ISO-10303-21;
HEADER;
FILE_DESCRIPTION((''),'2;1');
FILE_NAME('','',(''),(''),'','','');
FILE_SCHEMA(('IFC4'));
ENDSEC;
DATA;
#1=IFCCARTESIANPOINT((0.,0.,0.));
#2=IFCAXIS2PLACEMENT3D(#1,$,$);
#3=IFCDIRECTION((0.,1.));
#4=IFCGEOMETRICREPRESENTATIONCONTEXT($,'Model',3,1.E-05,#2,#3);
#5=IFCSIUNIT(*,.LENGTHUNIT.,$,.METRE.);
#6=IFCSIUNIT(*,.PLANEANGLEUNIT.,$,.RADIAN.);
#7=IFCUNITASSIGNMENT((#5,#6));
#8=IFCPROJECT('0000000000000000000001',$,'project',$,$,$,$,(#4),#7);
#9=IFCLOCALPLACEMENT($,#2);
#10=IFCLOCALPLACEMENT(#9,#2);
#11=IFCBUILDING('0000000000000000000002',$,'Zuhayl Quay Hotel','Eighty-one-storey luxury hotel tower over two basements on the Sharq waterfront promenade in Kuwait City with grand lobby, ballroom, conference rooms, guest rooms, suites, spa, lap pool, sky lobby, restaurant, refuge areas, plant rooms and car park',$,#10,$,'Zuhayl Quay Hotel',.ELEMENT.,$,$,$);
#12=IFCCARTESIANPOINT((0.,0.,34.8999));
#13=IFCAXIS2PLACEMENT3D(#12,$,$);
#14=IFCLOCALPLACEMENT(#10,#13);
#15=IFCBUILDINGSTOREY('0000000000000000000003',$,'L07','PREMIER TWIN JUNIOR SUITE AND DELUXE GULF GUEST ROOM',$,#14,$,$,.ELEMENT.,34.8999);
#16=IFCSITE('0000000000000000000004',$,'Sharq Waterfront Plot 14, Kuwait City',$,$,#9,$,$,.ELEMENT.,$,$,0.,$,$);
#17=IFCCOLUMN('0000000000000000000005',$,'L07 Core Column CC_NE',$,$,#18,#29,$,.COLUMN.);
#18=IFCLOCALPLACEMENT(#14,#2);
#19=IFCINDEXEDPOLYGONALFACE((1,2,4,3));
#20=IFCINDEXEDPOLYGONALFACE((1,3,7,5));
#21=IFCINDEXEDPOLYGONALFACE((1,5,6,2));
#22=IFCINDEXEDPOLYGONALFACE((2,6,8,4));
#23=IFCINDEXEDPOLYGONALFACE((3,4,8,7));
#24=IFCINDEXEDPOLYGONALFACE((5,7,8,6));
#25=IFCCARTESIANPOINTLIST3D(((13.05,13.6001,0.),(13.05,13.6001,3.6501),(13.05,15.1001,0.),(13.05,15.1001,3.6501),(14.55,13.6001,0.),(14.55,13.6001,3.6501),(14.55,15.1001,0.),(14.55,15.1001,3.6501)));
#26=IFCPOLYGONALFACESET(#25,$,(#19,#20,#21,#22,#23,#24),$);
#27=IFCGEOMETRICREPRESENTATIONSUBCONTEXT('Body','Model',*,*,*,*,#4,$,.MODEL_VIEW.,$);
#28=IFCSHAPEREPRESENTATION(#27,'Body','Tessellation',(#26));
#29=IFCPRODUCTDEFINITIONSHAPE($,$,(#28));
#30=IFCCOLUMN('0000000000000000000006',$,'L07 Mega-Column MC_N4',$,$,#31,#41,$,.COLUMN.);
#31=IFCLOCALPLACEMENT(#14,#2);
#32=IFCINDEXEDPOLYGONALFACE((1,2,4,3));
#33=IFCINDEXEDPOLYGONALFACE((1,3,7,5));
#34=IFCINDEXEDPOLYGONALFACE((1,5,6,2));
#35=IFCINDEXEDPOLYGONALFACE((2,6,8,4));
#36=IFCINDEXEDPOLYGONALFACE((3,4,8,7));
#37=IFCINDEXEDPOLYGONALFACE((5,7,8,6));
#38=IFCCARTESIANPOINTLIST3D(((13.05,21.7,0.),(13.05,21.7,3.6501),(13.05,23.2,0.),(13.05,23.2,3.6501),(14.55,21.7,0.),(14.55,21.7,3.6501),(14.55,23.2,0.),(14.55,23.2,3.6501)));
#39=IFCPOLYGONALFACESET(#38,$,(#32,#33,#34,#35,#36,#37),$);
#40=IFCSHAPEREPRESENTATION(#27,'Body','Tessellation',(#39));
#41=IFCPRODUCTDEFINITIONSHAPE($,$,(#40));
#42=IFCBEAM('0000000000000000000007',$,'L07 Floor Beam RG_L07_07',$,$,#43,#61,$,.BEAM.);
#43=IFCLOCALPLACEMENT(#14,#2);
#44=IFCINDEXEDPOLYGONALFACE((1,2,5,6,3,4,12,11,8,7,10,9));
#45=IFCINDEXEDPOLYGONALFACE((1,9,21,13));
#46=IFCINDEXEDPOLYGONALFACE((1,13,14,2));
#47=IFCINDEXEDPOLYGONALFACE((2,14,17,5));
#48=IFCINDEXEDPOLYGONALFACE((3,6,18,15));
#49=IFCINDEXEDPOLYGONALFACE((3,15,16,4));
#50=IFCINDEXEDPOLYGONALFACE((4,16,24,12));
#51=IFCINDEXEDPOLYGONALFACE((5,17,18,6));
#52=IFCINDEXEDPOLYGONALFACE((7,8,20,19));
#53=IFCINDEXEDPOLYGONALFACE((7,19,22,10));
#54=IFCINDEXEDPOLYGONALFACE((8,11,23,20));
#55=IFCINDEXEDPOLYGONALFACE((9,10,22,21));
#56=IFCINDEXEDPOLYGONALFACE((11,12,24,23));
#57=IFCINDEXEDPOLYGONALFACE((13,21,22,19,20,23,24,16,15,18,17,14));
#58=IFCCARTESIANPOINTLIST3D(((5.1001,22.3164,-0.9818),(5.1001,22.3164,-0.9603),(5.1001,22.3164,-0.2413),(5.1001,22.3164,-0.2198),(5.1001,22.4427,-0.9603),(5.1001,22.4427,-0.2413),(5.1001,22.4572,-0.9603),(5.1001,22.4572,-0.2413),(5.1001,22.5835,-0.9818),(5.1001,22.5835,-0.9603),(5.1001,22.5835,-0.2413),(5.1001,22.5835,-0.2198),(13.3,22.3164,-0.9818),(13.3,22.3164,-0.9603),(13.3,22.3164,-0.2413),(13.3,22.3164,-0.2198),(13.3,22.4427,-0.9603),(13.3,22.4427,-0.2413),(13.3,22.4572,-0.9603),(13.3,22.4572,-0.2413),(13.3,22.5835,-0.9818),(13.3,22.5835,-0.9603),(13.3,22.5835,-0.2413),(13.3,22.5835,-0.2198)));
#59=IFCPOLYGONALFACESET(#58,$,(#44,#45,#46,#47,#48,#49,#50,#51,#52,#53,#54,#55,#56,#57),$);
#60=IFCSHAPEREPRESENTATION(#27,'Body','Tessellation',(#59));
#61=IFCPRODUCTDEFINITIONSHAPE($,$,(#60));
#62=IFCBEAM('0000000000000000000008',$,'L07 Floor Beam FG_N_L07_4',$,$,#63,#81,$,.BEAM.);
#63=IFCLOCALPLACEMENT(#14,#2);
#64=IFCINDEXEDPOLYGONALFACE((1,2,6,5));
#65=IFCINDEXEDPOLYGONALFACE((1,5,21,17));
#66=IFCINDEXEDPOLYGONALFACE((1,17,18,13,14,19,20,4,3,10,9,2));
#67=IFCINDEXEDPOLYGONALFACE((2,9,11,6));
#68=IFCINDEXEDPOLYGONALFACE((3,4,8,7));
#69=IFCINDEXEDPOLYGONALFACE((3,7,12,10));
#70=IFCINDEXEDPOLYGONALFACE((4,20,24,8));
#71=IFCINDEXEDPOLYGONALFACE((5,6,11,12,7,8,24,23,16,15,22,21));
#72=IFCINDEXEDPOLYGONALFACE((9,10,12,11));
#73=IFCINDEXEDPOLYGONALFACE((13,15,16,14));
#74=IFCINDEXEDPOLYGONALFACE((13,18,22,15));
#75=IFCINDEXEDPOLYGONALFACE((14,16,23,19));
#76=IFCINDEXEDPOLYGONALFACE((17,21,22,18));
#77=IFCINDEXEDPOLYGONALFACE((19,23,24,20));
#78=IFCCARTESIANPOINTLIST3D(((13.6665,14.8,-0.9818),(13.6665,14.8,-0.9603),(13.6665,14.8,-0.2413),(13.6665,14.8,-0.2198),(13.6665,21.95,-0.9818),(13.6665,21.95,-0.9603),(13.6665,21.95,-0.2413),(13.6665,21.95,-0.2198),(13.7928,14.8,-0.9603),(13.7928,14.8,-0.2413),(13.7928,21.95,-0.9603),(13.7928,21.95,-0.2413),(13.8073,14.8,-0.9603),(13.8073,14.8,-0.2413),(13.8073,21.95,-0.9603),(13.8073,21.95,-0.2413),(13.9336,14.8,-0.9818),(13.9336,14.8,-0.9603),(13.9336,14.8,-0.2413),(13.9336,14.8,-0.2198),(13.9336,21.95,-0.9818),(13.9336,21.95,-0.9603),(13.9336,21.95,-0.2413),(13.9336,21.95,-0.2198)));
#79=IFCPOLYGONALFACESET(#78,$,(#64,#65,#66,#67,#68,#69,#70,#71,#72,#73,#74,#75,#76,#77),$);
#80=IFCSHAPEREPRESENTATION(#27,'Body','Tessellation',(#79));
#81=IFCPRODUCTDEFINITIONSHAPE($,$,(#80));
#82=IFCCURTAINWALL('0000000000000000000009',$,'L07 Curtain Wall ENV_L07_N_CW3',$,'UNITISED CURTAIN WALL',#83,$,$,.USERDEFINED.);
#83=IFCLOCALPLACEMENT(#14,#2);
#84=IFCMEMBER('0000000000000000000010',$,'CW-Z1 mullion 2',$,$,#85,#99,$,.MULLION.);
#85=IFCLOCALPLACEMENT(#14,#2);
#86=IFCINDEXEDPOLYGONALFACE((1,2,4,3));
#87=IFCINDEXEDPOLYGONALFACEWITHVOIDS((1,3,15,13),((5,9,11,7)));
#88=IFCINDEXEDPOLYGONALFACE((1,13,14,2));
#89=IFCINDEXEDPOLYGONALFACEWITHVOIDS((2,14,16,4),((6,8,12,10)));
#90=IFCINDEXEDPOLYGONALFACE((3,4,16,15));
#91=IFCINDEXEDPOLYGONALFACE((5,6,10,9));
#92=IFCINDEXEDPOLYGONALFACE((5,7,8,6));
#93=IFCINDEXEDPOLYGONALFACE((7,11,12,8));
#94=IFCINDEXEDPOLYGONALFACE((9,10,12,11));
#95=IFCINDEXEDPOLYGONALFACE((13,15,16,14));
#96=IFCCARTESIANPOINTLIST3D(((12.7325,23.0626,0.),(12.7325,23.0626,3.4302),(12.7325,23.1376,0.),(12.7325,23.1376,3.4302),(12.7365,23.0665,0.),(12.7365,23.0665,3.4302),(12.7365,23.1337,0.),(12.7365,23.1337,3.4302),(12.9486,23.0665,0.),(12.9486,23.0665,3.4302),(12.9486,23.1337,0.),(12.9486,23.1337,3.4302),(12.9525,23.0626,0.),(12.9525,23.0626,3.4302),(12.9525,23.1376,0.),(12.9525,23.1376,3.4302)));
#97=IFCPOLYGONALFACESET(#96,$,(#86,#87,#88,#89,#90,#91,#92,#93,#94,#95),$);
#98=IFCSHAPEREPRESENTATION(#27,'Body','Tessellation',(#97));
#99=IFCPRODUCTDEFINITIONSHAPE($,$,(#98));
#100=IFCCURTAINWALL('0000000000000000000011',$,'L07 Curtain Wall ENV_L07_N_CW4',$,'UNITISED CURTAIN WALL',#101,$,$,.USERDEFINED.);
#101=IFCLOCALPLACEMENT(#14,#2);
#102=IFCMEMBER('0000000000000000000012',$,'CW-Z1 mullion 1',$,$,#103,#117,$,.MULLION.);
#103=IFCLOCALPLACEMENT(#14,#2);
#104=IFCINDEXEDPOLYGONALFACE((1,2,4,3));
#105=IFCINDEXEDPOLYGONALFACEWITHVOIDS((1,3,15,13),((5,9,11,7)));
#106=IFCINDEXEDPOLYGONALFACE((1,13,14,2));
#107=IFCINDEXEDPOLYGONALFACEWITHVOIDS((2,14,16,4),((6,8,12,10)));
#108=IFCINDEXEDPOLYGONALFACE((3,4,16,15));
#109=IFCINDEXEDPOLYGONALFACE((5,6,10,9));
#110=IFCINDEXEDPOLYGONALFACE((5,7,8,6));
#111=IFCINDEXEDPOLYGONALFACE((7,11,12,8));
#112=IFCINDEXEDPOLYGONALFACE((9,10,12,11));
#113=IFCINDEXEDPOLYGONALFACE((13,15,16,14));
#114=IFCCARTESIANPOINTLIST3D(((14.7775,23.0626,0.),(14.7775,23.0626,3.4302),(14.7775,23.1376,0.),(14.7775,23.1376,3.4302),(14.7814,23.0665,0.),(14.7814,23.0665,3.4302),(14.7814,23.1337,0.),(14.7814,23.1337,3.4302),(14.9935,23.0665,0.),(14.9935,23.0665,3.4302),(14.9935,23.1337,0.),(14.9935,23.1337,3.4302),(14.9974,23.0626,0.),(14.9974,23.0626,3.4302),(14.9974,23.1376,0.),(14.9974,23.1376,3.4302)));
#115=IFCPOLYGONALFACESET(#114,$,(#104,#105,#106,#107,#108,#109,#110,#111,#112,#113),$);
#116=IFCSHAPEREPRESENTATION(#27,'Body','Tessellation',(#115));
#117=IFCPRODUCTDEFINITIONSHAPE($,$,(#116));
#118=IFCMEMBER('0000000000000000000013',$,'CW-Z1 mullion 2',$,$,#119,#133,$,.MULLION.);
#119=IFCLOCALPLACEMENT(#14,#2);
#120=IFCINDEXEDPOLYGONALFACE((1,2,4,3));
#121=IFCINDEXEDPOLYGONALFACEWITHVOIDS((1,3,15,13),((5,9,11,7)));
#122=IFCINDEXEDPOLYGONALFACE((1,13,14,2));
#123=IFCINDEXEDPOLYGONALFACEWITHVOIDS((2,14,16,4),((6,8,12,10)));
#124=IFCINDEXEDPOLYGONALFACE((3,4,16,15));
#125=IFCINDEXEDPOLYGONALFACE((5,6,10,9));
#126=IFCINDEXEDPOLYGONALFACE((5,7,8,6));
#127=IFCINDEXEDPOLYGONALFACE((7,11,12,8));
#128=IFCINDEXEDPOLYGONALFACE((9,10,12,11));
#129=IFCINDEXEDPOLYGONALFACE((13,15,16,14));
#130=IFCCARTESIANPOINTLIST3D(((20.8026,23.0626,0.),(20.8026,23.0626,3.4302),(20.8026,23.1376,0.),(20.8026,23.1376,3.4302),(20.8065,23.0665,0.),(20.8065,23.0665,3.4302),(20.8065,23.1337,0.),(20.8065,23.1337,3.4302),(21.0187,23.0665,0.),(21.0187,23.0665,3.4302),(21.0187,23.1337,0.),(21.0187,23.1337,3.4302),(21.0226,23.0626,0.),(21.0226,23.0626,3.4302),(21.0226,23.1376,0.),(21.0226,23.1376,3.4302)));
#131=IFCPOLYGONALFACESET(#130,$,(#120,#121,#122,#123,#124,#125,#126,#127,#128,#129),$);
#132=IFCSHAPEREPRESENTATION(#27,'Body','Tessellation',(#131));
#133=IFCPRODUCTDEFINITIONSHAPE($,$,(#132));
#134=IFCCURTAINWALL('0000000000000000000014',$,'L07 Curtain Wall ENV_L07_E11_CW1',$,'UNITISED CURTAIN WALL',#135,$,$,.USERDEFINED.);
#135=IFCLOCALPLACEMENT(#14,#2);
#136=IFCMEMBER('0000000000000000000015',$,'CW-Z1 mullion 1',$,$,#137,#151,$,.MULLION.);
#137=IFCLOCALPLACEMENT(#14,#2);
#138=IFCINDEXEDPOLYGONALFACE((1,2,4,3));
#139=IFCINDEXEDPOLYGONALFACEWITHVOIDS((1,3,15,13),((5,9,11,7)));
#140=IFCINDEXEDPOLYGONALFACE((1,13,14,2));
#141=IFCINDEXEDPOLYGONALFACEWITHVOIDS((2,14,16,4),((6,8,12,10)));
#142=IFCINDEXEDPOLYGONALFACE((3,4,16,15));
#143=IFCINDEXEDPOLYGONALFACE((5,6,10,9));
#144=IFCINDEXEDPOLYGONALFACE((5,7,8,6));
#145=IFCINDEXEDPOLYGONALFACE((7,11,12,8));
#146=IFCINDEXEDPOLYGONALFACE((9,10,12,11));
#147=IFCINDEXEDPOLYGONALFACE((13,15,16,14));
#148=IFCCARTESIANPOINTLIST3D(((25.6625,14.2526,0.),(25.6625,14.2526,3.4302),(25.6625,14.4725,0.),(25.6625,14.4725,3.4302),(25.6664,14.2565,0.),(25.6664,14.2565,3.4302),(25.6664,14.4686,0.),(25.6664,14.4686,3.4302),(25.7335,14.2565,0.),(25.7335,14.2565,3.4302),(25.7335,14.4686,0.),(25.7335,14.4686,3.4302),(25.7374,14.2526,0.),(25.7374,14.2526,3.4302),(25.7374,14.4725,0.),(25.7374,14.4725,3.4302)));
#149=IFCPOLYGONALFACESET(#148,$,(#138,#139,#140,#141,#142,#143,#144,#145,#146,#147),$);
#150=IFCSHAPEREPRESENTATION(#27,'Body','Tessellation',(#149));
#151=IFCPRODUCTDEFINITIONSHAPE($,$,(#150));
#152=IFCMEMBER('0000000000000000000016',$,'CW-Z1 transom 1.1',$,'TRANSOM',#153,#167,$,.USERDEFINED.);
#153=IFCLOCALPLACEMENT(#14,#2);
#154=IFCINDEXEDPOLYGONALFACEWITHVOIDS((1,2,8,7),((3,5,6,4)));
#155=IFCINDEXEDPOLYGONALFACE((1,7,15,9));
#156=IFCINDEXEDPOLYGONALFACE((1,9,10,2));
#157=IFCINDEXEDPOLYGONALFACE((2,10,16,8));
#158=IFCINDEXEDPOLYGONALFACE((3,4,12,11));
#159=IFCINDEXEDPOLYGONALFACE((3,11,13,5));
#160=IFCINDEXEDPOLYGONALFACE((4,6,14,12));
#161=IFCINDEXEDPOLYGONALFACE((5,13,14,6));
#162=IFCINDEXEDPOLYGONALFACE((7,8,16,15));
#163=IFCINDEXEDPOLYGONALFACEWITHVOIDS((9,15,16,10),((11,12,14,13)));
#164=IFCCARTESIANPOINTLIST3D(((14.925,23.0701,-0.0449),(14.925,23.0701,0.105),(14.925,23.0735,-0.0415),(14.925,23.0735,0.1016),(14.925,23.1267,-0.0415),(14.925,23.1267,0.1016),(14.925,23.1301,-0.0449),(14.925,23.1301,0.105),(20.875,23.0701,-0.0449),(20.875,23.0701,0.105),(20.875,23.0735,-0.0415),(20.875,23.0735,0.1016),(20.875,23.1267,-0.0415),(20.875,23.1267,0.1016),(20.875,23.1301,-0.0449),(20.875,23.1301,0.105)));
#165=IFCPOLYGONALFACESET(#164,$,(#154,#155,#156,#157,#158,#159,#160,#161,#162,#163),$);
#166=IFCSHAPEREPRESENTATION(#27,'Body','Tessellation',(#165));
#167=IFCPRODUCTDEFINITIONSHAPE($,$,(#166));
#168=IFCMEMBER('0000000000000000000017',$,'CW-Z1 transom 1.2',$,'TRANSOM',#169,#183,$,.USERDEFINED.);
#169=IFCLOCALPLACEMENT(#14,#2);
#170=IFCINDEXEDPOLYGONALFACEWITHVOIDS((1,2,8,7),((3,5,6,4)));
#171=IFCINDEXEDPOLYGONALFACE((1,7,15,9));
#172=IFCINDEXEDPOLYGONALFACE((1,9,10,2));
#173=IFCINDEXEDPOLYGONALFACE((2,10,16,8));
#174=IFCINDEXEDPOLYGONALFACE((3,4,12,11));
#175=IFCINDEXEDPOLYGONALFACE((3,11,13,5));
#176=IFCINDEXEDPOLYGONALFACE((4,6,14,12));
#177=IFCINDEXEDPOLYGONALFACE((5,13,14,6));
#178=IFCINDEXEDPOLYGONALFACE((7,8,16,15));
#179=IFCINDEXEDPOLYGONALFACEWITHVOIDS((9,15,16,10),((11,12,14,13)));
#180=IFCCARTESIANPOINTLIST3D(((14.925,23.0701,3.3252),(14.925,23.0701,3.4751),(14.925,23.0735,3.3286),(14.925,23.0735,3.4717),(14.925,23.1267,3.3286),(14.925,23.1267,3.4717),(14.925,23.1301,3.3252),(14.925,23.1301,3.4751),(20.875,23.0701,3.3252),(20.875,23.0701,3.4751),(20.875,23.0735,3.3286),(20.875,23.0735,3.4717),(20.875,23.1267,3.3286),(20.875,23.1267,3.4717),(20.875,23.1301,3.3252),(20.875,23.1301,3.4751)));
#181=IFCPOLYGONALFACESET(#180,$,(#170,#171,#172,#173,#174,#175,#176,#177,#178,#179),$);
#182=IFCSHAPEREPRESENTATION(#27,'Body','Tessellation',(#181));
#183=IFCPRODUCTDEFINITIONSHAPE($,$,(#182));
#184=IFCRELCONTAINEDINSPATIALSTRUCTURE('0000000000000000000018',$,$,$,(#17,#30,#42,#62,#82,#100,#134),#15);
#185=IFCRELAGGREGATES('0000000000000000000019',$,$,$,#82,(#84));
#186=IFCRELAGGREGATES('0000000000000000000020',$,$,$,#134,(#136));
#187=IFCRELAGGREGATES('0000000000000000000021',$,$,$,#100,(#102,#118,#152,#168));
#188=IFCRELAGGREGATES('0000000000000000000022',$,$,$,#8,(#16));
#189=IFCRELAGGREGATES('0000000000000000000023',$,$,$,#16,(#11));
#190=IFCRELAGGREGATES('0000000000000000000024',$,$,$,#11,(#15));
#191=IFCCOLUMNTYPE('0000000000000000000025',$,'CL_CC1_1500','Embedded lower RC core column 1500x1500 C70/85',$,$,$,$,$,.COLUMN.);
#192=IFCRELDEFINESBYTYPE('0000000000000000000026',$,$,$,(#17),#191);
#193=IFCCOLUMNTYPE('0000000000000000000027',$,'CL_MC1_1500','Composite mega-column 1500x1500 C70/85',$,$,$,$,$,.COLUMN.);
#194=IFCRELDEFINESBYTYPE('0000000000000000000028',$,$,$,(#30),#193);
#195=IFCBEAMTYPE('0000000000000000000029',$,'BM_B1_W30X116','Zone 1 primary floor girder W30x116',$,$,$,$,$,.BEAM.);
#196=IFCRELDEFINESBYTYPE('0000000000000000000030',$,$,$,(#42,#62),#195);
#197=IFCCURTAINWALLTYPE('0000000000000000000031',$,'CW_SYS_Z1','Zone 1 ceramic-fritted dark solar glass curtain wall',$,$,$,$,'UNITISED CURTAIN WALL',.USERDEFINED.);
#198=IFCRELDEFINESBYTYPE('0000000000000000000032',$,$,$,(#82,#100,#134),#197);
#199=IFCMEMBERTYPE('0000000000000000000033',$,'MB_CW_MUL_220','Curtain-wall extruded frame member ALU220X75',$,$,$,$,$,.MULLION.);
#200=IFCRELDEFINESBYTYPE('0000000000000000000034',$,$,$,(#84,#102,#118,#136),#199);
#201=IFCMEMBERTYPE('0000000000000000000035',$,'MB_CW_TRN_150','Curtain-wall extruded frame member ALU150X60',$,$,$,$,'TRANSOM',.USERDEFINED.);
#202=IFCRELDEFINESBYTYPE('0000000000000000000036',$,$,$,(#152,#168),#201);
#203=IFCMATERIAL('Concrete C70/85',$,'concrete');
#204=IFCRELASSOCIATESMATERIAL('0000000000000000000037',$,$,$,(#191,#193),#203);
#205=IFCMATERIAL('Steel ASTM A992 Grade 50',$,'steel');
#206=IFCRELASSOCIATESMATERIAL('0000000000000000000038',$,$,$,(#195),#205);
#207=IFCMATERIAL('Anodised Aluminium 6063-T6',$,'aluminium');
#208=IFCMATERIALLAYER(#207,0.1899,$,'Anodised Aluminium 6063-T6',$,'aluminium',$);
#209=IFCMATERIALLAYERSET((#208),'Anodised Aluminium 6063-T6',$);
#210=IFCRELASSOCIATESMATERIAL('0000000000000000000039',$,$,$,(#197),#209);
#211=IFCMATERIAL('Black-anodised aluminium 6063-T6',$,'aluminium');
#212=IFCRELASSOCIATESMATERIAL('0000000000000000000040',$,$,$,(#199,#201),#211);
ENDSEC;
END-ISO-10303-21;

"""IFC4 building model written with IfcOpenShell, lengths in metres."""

from ifc_helpers import new_model, si_unit, direction, frame, origin, origin_2d, place, context, subcontext, project, spatial, rectangle, hollow_rectangle, i_section, extrude, material, layer, layer_set, material_profile, profile_set, type_object, element, aggregate, save


model = new_model("IFC4")

# Units and contexts
model_context = context("Model", 3, precision=1e-05, world=origin(), true_north=direction((0.0, 1.0)))
body_context = subcontext(model_context, "Body", "Model", "MODEL_VIEW")
ifc_project = project(units=[si_unit("LENGTHUNIT", "METRE"), si_unit("PLANEANGLEUNIT", "RADIAN")], contexts=[model_context])

# Site, building, storey
site_placement = place(None, origin())
site = spatial("IfcSite", under=ifc_project, at=site_placement, Name="Sharq Waterfront Plot 14, Kuwait City", CompositionType="ELEMENT", RefElevation=0.0)
building_placement = place(site_placement, origin())
building = spatial("IfcBuilding", under=site, at=building_placement, Name="Zuhayl Quay Hotel", Description="Eighty-one-storey luxury hotel tower over two basements on the Sharq waterfront promenade in Kuwait City with grand lobby, ballroom, conference rooms, guest rooms, suites, spa, lap pool, sky lobby, restaurant, refuge areas, plant rooms and car park", LongName="Zuhayl Quay Hotel", CompositionType="ELEMENT")
storey_placement = place(building_placement, frame((0.0, 0.0, 34.8999)))
storey = spatial("IfcBuildingStorey", under=building, at=storey_placement, Name="L07", Description="PREMIER TWIN JUNIOR SUITE AND DELUXE GULF GUEST ROOM", CompositionType="ELEMENT", Elevation=34.8999)

# Columns
ifc_material_1 = material(Name="Concrete C70/85", Category="concrete")
ifc_material_profile_1 = material_profile(ifc_material_1, rectangle(XDim=1.5, YDim=1.5, at=origin_2d()), Name="RC1500X1500")
ifc_profile_set_1 = profile_set([ifc_material_profile_1], Name="Concrete C70/85")
column_type_1 = type_object("IfcColumnType", Name="CL_CC1_1500", Description="Embedded lower RC core column 1500x1500 C70/85", PredefinedType="COLUMN", material=ifc_profile_set_1)
column_1_placement = place(storey_placement, frame((13.8, 14.3501, 0.0), z_axis=(0.0, 0.0, 1.0), x_axis=(1.0, 0.0, 0.0)))
element("IfcColumn", 1, at=column_1_placement, inside=storey, type_object=column_type_1, Name="L07 Core Column CC_NE", PredefinedType="COLUMN", context=body_context, shape_type="SweptSolid", body=[
    extrude(rectangle(XDim=1.5, YDim=1.5, at=origin_2d()), origin(), (0.0, 0.0, 1.0), 3.6501),
])
ifc_material_profile_2 = material_profile(ifc_material_1, rectangle(XDim=1.5, YDim=1.5, at=origin_2d()), Name="RC1500X1500")
ifc_profile_set_2 = profile_set([ifc_material_profile_2], Name="Concrete C70/85")
column_type_2 = type_object("IfcColumnType", Name="CL_MC1_1500", Description="Composite mega-column 1500x1500 C70/85", PredefinedType="COLUMN", material=ifc_profile_set_2)
column_2_placement = place(storey_placement, frame((13.8, 22.45, 0.0), z_axis=(0.0, 0.0, 1.0), x_axis=(1.0, 0.0, 0.0)))
element("IfcColumn", 2, at=column_2_placement, inside=storey, type_object=column_type_2, Name="L07 Mega-Column MC_N4", PredefinedType="COLUMN", context=body_context, shape_type="SweptSolid", body=[
    extrude(rectangle(XDim=1.5, YDim=1.5, at=origin_2d()), origin(), (0.0, 0.0, 1.0), 3.6501),
])

# Beams
ifc_material_2 = material(Name="Steel ASTM A992 Grade 50", Category="steel")
ifc_material_profile_3 = material_profile(ifc_material_2, i_section(OverallWidth=0.2671, OverallDepth=0.762, WebThickness=0.0144, FlangeThickness=0.0215, at=origin_2d()), Name="W30X116")
ifc_profile_set_3 = profile_set([ifc_material_profile_3], Name="Steel ASTM A992 Grade 50")
beam_type = type_object("IfcBeamType", Name="BM_B1_W30X116", Description="Zone 1 primary floor girder W30x116", PredefinedType="BEAM", material=ifc_profile_set_3)
beam_1_placement = place(storey_placement, frame((13.3, 22.45, -0.6008), z_axis=(-1.0, 0.0, 0.0), x_axis=(0.0, -1.0, 0.0)))
element("IfcBeam", 3, at=beam_1_placement, inside=storey, type_object=beam_type, Name="L07 Floor Beam RG_L07_07", PredefinedType="BEAM", context=body_context, shape_type="SweptSolid", body=[
    extrude(i_section(OverallWidth=0.2671, OverallDepth=0.762, WebThickness=0.0144, FlangeThickness=0.0215, at=origin_2d()), origin(), (0.0, 0.0, 1.0), 8.2),
])
beam_2_placement = place(storey_placement, frame((13.8, 14.8, -0.6008), z_axis=(0.0, 1.0, 0.0), x_axis=(-1.0, 0.0, 0.0)))
element("IfcBeam", 4, at=beam_2_placement, inside=storey, type_object=beam_type, Name="L07 Floor Beam FG_N_L07_4", PredefinedType="BEAM", context=body_context, shape_type="SweptSolid", body=[
    extrude(i_section(OverallWidth=0.2671, OverallDepth=0.762, WebThickness=0.0144, FlangeThickness=0.0215, at=origin_2d()), origin(), (0.0, 0.0, 1.0), 7.1499),
])

# Curtain wall, member
ifc_material_3 = material(Name="Anodised Aluminium 6063-T6", Category="aluminium")
ifc_layer_1 = layer(ifc_material_3, 0.1899, Name="Anodised Aluminium 6063-T6", Category="aluminium")
ifc_layer_set_1 = layer_set([ifc_layer_1], Name="Anodised Aluminium 6063-T6")
curtain_wall_type = type_object("IfcCurtainWallType", Name="CW_SYS_Z1", Description="Zone 1 ceramic-fritted dark solar glass curtain wall", ElementType="UNITISED CURTAIN WALL", PredefinedType="USERDEFINED", material=ifc_layer_set_1)
curtain_wall_1_placement = place(storey_placement, origin())
curtain_wall_1 = element("IfcCurtainWall", 5, at=curtain_wall_1_placement, inside=storey, type_object=curtain_wall_type, Name="L07 Curtain Wall ENV_L07_N_CW3", ObjectType="UNITISED CURTAIN WALL", PredefinedType="USERDEFINED")
ifc_material_4 = material(Name="Black-anodised aluminium 6063-T6", Category="aluminium")
ifc_material_profile_4 = material_profile(ifc_material_4, hollow_rectangle(XDim=0.075, YDim=0.22, WallThickness=0.0039, at=origin_2d()), Name="ALU220X75")
ifc_profile_set_4 = profile_set([ifc_material_profile_4], Name="Black-anodised aluminium 6063-T6")
member_type_1 = type_object("IfcMemberType", Name="MB_CW_MUL_220", Description="Curtain-wall extruded frame member ALU220X75", PredefinedType="MULLION", material=ifc_profile_set_4)
member_1_placement = place(storey_placement, frame((12.8425, 23.1001, 0.0), z_axis=(0.0, 0.0, 1.0), x_axis=(0.0, 1.0, 0.0)))
member_1 = element("IfcMember", 6, at=member_1_placement, type_object=member_type_1, Name="CW-Z1 mullion 2", PredefinedType="MULLION", context=body_context, shape_type="SweptSolid", body=[
    extrude(hollow_rectangle(XDim=0.075, YDim=0.22, WallThickness=0.0039, at=origin_2d()), origin(), (0.0, 0.0, 1.0), 3.4302),
])
aggregate(curtain_wall_1, [member_1])

# Curtain wall, members
curtain_wall_2_placement = place(storey_placement, origin())
curtain_wall_2 = element("IfcCurtainWall", 7, at=curtain_wall_2_placement, inside=storey, type_object=curtain_wall_type, Name="L07 Curtain Wall ENV_L07_N_CW4", ObjectType="UNITISED CURTAIN WALL", PredefinedType="USERDEFINED")
member_2_placement = place(storey_placement, frame((14.8875, 23.1001, 0.0), z_axis=(0.0, 0.0, 1.0), x_axis=(0.0, 1.0, 0.0)))
member_2 = element("IfcMember", 8, at=member_2_placement, type_object=member_type_1, Name="CW-Z1 mullion 1", PredefinedType="MULLION", context=body_context, shape_type="SweptSolid", body=[
    extrude(hollow_rectangle(XDim=0.075, YDim=0.22, WallThickness=0.0039, at=origin_2d()), origin(), (0.0, 0.0, 1.0), 3.4302),
])
member_3_placement = place(storey_placement, frame((20.9126, 23.1001, 0.0), z_axis=(0.0, 0.0, 1.0), x_axis=(0.0, 1.0, 0.0)))
member_3 = element("IfcMember", 9, at=member_3_placement, type_object=member_type_1, Name="CW-Z1 mullion 2", PredefinedType="MULLION", context=body_context, shape_type="SweptSolid", body=[
    extrude(hollow_rectangle(XDim=0.075, YDim=0.22, WallThickness=0.0039, at=origin_2d()), origin(), (0.0, 0.0, 1.0), 3.4302),
])

# Curtain wall, member
curtain_wall_3_placement = place(storey_placement, origin())
curtain_wall_3 = element("IfcCurtainWall", 10, at=curtain_wall_3_placement, inside=storey, type_object=curtain_wall_type, Name="L07 Curtain Wall ENV_L07_E11_CW1", ObjectType="UNITISED CURTAIN WALL", PredefinedType="USERDEFINED")
member_4_placement = place(storey_placement, frame((25.7, 14.3625, 0.0), z_axis=(0.0, 0.0, 1.0), x_axis=(1.0, 0.0, 0.0)))
member_4 = element("IfcMember", 11, at=member_4_placement, type_object=member_type_1, Name="CW-Z1 mullion 1", PredefinedType="MULLION", context=body_context, shape_type="SweptSolid", body=[
    extrude(hollow_rectangle(XDim=0.075, YDim=0.22, WallThickness=0.0039, at=origin_2d()), origin(), (0.0, 0.0, 1.0), 3.4302),
])

# Members
ifc_material_profile_5 = material_profile(ifc_material_4, hollow_rectangle(XDim=0.0601, YDim=0.1499, WallThickness=0.0034, at=origin_2d()), Name="ALU150X60")
ifc_profile_set_5 = profile_set([ifc_material_profile_5], Name="Black-anodised aluminium 6063-T6")
member_type_2 = type_object("IfcMemberType", Name="MB_CW_TRN_150", Description="Curtain-wall extruded frame member ALU150X60", ElementType="TRANSOM", PredefinedType="USERDEFINED", material=ifc_profile_set_5)
member_5_placement = place(storey_placement, frame((14.925, 23.1001, 0.03), z_axis=(1.0, 0.0, 0.0), x_axis=(0.0, 1.0, 0.0)))
member_5 = element("IfcMember", 12, at=member_5_placement, type_object=member_type_2, Name="CW-Z1 transom 1.1", ObjectType="TRANSOM", PredefinedType="USERDEFINED", context=body_context, shape_type="SweptSolid", body=[
    extrude(hollow_rectangle(XDim=0.0601, YDim=0.1499, WallThickness=0.0034, at=origin_2d()), origin(), (0.0, 0.0, 1.0), 5.95),
])
member_6_placement = place(storey_placement, frame((14.925, 23.1001, 3.4001), z_axis=(1.0, 0.0, 0.0), x_axis=(0.0, 1.0, 0.0)))
member_6 = element("IfcMember", 13, at=member_6_placement, type_object=member_type_2, Name="CW-Z1 transom 1.2", ObjectType="TRANSOM", PredefinedType="USERDEFINED", context=body_context, shape_type="SweptSolid", body=[
    extrude(hollow_rectangle(XDim=0.0601, YDim=0.1499, WallThickness=0.0034, at=origin_2d()), origin(), (0.0, 0.0, 1.0), 5.95),
])
aggregate(curtain_wall_3, [member_4])

aggregate(curtain_wall_2, [member_2, member_3, member_5, member_6])

save(model, "model.ifc")
